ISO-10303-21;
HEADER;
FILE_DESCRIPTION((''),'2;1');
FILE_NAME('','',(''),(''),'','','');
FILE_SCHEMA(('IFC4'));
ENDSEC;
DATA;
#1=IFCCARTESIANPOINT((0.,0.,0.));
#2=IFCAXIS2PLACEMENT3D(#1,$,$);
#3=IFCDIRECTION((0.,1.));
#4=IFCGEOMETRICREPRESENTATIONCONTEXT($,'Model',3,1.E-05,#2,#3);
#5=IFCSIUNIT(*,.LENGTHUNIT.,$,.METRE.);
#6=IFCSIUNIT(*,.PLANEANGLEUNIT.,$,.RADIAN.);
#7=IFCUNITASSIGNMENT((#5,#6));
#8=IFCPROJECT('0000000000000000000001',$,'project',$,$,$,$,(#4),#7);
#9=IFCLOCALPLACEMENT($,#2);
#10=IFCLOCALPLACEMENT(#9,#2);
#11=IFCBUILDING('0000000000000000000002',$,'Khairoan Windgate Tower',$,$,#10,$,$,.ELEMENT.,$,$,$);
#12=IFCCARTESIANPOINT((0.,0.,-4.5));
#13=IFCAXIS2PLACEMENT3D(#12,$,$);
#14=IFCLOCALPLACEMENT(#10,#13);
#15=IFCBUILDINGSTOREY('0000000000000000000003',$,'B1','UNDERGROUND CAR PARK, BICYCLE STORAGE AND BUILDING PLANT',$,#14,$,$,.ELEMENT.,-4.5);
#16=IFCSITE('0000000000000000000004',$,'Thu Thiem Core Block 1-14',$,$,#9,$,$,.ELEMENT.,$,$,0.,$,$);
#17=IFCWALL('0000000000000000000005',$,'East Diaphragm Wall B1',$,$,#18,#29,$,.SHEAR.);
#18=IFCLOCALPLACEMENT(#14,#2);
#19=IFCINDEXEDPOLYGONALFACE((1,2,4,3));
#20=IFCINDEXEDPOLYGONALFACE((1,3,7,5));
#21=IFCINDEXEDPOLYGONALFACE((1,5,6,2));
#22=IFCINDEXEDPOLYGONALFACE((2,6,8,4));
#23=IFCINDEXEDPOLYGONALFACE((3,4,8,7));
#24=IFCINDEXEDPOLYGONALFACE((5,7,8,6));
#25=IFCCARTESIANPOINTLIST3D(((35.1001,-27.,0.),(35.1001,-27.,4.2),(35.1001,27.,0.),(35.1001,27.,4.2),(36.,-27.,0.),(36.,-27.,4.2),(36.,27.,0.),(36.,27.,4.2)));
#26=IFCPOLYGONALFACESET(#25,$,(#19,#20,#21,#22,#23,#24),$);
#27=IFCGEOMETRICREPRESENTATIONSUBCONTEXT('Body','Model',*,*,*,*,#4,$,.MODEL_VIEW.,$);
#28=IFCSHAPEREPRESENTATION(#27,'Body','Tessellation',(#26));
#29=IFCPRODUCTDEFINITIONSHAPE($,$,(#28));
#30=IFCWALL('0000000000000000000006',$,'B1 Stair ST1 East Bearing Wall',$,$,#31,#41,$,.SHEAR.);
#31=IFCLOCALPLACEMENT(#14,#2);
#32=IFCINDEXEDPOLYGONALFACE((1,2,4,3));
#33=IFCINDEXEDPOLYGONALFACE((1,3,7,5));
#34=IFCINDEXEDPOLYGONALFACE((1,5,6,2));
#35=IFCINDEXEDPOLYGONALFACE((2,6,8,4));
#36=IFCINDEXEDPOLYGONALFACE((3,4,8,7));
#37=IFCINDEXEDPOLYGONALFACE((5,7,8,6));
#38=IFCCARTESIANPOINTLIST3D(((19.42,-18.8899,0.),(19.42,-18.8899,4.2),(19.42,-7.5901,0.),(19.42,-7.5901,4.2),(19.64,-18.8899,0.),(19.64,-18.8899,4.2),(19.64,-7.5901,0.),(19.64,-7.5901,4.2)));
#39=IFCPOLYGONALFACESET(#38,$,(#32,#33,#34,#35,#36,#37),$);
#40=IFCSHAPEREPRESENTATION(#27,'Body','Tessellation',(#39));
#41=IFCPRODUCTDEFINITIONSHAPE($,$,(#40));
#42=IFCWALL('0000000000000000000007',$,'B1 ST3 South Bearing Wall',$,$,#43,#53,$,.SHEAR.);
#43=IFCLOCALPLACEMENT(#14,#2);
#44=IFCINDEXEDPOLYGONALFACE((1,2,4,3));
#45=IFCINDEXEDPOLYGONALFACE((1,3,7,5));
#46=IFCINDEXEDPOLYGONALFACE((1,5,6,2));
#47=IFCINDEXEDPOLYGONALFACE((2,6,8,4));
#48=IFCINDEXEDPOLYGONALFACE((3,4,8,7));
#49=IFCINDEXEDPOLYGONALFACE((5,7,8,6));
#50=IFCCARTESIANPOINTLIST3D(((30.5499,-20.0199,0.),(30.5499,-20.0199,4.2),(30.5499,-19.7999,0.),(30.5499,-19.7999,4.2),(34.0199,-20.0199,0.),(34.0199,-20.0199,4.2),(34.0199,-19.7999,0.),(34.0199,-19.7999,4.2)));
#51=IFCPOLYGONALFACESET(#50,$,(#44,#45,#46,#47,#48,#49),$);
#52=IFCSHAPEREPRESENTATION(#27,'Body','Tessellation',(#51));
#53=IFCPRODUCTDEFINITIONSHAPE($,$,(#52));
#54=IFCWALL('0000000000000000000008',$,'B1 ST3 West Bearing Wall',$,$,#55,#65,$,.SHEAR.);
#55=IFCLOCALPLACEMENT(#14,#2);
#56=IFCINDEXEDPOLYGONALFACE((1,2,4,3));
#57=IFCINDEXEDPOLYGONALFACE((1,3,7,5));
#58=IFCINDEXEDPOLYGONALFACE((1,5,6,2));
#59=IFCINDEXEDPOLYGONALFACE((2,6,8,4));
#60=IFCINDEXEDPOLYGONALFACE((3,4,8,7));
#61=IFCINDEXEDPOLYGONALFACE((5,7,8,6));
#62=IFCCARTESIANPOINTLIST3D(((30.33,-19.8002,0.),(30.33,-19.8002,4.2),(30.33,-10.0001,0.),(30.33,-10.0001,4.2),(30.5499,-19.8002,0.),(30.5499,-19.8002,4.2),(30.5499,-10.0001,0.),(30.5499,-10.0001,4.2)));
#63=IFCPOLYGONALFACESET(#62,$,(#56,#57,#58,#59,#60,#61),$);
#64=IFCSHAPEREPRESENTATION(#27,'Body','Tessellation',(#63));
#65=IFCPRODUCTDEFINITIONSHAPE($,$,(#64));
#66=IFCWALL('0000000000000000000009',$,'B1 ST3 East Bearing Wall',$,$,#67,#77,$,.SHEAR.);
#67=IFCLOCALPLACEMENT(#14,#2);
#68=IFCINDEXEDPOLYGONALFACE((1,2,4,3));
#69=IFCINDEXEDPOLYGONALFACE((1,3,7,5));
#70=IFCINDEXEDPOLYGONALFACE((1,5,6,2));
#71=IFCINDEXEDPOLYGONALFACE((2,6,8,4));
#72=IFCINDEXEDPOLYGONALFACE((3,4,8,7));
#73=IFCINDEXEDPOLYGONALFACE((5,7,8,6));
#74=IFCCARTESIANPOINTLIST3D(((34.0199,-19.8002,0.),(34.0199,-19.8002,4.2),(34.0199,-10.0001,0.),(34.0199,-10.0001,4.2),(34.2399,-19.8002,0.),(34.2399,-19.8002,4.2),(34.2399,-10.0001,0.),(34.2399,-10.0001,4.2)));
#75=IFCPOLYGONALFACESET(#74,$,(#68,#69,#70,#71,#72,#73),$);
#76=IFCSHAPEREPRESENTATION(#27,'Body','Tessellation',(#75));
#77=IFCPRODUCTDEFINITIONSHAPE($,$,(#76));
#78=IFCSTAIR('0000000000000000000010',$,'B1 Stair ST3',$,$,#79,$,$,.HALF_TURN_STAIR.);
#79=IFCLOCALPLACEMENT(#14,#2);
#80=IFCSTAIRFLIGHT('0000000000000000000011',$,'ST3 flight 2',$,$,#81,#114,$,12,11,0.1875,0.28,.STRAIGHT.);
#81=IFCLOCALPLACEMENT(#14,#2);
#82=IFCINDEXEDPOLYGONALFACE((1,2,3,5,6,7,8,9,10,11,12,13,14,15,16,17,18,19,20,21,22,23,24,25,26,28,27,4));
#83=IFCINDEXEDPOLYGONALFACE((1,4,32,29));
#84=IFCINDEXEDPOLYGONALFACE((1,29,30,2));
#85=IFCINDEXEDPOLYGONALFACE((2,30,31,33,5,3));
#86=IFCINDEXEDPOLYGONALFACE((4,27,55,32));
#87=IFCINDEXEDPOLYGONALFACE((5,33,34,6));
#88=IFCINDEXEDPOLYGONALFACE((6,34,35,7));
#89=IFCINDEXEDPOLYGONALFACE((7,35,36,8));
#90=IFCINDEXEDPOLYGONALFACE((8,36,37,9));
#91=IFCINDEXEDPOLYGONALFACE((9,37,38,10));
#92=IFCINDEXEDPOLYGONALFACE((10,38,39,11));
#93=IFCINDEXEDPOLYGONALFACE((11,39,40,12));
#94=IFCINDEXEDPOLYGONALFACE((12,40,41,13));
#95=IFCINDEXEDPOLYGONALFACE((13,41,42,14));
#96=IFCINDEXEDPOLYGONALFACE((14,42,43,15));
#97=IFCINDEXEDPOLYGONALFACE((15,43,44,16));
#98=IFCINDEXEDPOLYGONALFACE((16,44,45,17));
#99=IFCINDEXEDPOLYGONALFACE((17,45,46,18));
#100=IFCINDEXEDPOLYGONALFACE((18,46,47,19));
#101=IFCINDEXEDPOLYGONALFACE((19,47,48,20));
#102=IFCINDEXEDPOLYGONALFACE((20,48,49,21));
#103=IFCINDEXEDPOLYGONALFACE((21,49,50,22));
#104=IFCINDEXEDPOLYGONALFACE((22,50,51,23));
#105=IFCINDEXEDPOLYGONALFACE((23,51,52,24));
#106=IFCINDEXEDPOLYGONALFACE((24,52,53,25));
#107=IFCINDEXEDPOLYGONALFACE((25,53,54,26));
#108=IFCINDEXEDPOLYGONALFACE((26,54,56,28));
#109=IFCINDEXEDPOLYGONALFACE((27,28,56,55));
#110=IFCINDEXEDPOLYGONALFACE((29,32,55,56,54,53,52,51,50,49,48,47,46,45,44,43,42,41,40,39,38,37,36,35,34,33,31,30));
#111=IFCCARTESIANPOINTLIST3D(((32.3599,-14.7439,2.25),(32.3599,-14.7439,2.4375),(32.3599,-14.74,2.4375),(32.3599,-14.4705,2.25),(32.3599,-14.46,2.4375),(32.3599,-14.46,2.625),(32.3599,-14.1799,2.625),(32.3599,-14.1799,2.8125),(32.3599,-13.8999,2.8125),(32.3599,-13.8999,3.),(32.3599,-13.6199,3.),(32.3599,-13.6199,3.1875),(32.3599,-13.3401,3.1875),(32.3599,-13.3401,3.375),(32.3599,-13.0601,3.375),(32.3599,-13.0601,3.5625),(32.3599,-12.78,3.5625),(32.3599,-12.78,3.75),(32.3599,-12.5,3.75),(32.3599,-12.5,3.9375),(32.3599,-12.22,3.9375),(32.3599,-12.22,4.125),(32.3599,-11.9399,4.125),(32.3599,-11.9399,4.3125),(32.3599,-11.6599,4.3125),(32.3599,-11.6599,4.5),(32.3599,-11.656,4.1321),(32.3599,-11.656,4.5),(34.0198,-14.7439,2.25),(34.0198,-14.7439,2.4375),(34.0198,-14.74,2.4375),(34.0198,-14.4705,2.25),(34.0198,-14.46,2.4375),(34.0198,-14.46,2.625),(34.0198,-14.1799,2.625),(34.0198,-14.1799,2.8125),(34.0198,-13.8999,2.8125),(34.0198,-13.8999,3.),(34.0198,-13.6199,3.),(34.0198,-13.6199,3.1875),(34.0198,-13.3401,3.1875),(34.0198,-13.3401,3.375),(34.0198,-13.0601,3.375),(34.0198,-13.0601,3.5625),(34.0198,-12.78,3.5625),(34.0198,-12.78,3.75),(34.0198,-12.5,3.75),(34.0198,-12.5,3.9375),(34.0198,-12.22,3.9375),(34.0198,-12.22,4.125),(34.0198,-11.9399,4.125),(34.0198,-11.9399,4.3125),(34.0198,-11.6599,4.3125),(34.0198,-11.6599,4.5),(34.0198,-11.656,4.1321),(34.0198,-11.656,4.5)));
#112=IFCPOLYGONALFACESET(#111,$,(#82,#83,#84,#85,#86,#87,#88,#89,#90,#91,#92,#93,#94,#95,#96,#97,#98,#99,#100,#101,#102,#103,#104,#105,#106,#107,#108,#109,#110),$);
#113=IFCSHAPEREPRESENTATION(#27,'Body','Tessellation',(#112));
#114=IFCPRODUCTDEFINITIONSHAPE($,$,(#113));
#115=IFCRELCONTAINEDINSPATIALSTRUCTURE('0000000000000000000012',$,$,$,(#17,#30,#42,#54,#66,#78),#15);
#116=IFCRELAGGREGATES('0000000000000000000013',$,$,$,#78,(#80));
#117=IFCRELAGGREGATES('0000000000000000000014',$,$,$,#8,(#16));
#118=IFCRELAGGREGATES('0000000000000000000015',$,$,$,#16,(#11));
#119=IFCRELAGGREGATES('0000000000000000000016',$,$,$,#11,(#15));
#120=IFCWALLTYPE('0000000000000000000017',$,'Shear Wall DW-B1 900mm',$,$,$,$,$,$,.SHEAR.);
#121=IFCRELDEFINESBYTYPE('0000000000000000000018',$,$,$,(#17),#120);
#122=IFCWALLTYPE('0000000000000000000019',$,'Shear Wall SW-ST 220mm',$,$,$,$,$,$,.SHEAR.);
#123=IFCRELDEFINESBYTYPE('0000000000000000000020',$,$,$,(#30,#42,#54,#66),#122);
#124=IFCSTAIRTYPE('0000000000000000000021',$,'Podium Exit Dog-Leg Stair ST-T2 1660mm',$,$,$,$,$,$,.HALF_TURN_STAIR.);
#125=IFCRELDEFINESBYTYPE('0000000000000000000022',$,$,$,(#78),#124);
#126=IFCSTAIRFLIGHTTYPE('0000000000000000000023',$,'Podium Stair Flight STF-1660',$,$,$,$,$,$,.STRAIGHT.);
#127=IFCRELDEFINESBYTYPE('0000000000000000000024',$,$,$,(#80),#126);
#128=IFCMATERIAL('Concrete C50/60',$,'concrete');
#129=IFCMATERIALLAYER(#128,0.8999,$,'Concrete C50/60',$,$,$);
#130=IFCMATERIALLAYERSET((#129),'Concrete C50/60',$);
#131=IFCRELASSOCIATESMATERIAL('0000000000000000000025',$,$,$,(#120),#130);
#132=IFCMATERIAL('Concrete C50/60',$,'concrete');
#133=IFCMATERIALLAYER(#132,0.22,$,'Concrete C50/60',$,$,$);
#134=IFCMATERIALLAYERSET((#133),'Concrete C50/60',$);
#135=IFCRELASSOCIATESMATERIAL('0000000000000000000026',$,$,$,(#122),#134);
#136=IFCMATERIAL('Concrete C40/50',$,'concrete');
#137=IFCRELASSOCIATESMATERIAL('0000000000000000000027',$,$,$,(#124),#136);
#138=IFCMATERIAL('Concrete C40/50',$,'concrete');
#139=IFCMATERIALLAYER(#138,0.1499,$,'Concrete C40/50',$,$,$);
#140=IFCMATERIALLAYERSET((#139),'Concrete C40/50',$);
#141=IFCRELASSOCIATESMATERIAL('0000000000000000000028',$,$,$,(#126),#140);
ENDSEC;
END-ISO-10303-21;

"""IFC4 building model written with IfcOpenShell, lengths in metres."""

from ifc_helpers import new_model, si_unit, direction, frame, frame_2d, origin, place, context, subcontext, project, spatial, polyline, rectangle, outline, extrude, material, layer, layer_set, type_object, element, aggregate, save


model = new_model("IFC4")

# Units and contexts
model_context = context("Model", 3, precision=1e-05, world=origin(), true_north=direction((0.0, 1.0)))
body_context = subcontext(model_context, "Body", "Model", "MODEL_VIEW")
ifc_project = project(units=[si_unit("LENGTHUNIT", "METRE"), si_unit("PLANEANGLEUNIT", "RADIAN")], contexts=[model_context])

# Site, building, storey
site_placement = place(None, origin())
site = spatial("IfcSite", under=ifc_project, at=site_placement, Name="Thu Thiem Core Block 1-14", CompositionType="ELEMENT", RefElevation=0.0)
building_placement = place(site_placement, origin())
building = spatial("IfcBuilding", under=site, at=building_placement, Name="Khairoan Windgate Tower", CompositionType="ELEMENT")
storey_placement = place(building_placement, frame((0.0, 0.0, -4.5)))
storey = spatial("IfcBuildingStorey", under=building, at=storey_placement, Name="B1", Description="UNDERGROUND CAR PARK, BICYCLE STORAGE AND BUILDING PLANT", CompositionType="ELEMENT", Elevation=-4.5)

# Walls
ifc_material_1 = material(Name="Concrete C50/60", Category="concrete")
ifc_layer_1 = layer(ifc_material_1, 0.8999, Name="Concrete C50/60")
ifc_layer_set_1 = layer_set([ifc_layer_1], Name="Concrete C50/60")
wall_type_1 = type_object("IfcWallType", Name="Shear Wall DW-B1 900mm", PredefinedType="SHEAR", material=ifc_layer_set_1)
wall_1_placement = place(storey_placement, frame((35.55, -27.0, 0.0), z_axis=(0.0, 0.0, 1.0), x_axis=(0.0, 1.0, 0.0)))
element("IfcWall", 1, at=wall_1_placement, inside=storey, type_object=wall_type_1, Name="East Diaphragm Wall B1", PredefinedType="SHEAR", context=body_context, shape_type="SweptSolid", body=[
    extrude(rectangle(XDim=54.0, YDim=0.8999, at=frame_2d((27.0, 0.0))), origin(), (0.0, 0.0, 1.0), 4.2),
])
ifc_material_2 = material(Name="Concrete C50/60", Category="concrete")
ifc_layer_2 = layer(ifc_material_2, 0.22, Name="Concrete C50/60")
ifc_layer_set_2 = layer_set([ifc_layer_2], Name="Concrete C50/60")
wall_type_2 = type_object("IfcWallType", Name="Shear Wall SW-ST 220mm", PredefinedType="SHEAR", material=ifc_layer_set_2)
wall_2_placement = place(storey_placement, frame((19.53, -18.8899, 0.0), z_axis=(0.0, 0.0, 1.0), x_axis=(0.0, 1.0, 0.0)))
element("IfcWall", 2, at=wall_2_placement, inside=storey, type_object=wall_type_2, Name="B1 Stair ST1 East Bearing Wall", PredefinedType="SHEAR", context=body_context, shape_type="SweptSolid", body=[
    extrude(rectangle(XDim=11.2998, YDim=0.22, at=frame_2d((5.6499, 0.0))), origin(), (0.0, 0.0, 1.0), 4.2),
])
wall_3_placement = place(storey_placement, frame((30.55, -19.9099, 0.0), z_axis=(0.0, 0.0, 1.0), x_axis=(1.0, 0.0, 0.0)))
element("IfcWall", 3, at=wall_3_placement, inside=storey, type_object=wall_type_2, Name="B1 ST3 South Bearing Wall", PredefinedType="SHEAR", context=body_context, shape_type="SweptSolid", body=[
    extrude(rectangle(XDim=3.47, YDim=0.22, at=frame_2d((1.7349, 0.0))), origin(), (0.0, 0.0, 1.0), 4.2),
])
for number, where, z_axis, x_axis, name in (
    (4, (30.4399, -19.8, 0.0), (0.0, 0.0, 1.0), (0.0, 1.0, 0.0), "B1 ST3 West Bearing Wall"),
    (5, (34.1299, -19.8, 0.0), (0.0, 0.0, 1.0), (0.0, 1.0, 0.0), "B1 ST3 East Bearing Wall"),
):
    element("IfcWall", number, at=place(storey_placement, frame(where, z_axis=z_axis, x_axis=x_axis)), inside=storey, type_object=wall_type_2, Name=name, PredefinedType="SHEAR", context=body_context, shape_type="SweptSolid", body=[
        extrude(rectangle(XDim=9.8, YDim=0.22, at=frame_2d((4.8999, 0.0))), origin(), (0.0, 0.0, 1.0), 4.2),
    ])

# Stair, stair flight
ifc_material_3 = material(Name="Concrete C40/50", Category="concrete")
stair_type = type_object("IfcStairType", Name="Podium Exit Dog-Leg Stair ST-T2 1660mm", PredefinedType="HALF_TURN_STAIR", material=ifc_material_3)
stair_placement = place(storey_placement, origin())
stair = element("IfcStair", 6, at=stair_placement, inside=storey, type_object=stair_type, Name="B1 Stair ST3", PredefinedType="HALF_TURN_STAIR")
ifc_material_4 = material(Name="Concrete C40/50", Category="concrete")
ifc_layer_3 = layer(ifc_material_4, 0.1499, Name="Concrete C40/50")
ifc_layer_set_3 = layer_set([ifc_layer_3], Name="Concrete C40/50")
stair_flight_type = type_object("IfcStairFlightType", Name="Podium Stair Flight STF-1660", PredefinedType="STRAIGHT", material=ifc_layer_set_3)
stair_flight_placement = place(storey_placement, frame((33.1899, -14.74, 2.25), z_axis=(0.0, 0.0, 1.0), x_axis=(0.0, 1.0, 0.0)))
stair_flight = element("IfcStairFlight", 7, at=stair_flight_placement, type_object=stair_flight_type, Name="ST3 flight 2", NumberOfRisers=12, NumberOfTreads=11, PredefinedType="STRAIGHT", RiserHeight=0.1875, TreadLength=0.28, context=body_context, shape_type="SweptSolid", body=[
    extrude(outline(polyline([(-0.0039, 0.0), (-0.0039, 0.1875), (0.0, 0.1875), (0.28, 0.1875), (0.28, 0.375), (0.5601, 0.375), (0.5601, 0.5625), (0.8401, 0.5625), (0.8401, 0.75), (1.1201, 0.75), (1.1201, 0.9375), (1.3999, 0.9375), (1.3999, 1.125), (1.6799, 1.125), (1.6799, 1.3125), (1.96, 1.3125), (1.96, 1.5), (2.24, 1.5), (2.24, 1.6875), (2.52, 1.6875), (2.52, 1.875), (2.8, 1.875), (2.8, 2.0625), (3.0801, 2.0625), (3.0801, 2.25), (3.084, 2.25), (3.084, 1.8821), (0.2695, 0.0), (-0.0039, 0.0)])), frame((0.0, 0.8301, 0.0), z_axis=(0.0, -1.0, 0.0), x_axis=(1.0, 0.0, 0.0)), (0.0, 0.0, 1.0), 1.6599),
])
aggregate(stair, [stair_flight])

save(model, "model.ifc")
